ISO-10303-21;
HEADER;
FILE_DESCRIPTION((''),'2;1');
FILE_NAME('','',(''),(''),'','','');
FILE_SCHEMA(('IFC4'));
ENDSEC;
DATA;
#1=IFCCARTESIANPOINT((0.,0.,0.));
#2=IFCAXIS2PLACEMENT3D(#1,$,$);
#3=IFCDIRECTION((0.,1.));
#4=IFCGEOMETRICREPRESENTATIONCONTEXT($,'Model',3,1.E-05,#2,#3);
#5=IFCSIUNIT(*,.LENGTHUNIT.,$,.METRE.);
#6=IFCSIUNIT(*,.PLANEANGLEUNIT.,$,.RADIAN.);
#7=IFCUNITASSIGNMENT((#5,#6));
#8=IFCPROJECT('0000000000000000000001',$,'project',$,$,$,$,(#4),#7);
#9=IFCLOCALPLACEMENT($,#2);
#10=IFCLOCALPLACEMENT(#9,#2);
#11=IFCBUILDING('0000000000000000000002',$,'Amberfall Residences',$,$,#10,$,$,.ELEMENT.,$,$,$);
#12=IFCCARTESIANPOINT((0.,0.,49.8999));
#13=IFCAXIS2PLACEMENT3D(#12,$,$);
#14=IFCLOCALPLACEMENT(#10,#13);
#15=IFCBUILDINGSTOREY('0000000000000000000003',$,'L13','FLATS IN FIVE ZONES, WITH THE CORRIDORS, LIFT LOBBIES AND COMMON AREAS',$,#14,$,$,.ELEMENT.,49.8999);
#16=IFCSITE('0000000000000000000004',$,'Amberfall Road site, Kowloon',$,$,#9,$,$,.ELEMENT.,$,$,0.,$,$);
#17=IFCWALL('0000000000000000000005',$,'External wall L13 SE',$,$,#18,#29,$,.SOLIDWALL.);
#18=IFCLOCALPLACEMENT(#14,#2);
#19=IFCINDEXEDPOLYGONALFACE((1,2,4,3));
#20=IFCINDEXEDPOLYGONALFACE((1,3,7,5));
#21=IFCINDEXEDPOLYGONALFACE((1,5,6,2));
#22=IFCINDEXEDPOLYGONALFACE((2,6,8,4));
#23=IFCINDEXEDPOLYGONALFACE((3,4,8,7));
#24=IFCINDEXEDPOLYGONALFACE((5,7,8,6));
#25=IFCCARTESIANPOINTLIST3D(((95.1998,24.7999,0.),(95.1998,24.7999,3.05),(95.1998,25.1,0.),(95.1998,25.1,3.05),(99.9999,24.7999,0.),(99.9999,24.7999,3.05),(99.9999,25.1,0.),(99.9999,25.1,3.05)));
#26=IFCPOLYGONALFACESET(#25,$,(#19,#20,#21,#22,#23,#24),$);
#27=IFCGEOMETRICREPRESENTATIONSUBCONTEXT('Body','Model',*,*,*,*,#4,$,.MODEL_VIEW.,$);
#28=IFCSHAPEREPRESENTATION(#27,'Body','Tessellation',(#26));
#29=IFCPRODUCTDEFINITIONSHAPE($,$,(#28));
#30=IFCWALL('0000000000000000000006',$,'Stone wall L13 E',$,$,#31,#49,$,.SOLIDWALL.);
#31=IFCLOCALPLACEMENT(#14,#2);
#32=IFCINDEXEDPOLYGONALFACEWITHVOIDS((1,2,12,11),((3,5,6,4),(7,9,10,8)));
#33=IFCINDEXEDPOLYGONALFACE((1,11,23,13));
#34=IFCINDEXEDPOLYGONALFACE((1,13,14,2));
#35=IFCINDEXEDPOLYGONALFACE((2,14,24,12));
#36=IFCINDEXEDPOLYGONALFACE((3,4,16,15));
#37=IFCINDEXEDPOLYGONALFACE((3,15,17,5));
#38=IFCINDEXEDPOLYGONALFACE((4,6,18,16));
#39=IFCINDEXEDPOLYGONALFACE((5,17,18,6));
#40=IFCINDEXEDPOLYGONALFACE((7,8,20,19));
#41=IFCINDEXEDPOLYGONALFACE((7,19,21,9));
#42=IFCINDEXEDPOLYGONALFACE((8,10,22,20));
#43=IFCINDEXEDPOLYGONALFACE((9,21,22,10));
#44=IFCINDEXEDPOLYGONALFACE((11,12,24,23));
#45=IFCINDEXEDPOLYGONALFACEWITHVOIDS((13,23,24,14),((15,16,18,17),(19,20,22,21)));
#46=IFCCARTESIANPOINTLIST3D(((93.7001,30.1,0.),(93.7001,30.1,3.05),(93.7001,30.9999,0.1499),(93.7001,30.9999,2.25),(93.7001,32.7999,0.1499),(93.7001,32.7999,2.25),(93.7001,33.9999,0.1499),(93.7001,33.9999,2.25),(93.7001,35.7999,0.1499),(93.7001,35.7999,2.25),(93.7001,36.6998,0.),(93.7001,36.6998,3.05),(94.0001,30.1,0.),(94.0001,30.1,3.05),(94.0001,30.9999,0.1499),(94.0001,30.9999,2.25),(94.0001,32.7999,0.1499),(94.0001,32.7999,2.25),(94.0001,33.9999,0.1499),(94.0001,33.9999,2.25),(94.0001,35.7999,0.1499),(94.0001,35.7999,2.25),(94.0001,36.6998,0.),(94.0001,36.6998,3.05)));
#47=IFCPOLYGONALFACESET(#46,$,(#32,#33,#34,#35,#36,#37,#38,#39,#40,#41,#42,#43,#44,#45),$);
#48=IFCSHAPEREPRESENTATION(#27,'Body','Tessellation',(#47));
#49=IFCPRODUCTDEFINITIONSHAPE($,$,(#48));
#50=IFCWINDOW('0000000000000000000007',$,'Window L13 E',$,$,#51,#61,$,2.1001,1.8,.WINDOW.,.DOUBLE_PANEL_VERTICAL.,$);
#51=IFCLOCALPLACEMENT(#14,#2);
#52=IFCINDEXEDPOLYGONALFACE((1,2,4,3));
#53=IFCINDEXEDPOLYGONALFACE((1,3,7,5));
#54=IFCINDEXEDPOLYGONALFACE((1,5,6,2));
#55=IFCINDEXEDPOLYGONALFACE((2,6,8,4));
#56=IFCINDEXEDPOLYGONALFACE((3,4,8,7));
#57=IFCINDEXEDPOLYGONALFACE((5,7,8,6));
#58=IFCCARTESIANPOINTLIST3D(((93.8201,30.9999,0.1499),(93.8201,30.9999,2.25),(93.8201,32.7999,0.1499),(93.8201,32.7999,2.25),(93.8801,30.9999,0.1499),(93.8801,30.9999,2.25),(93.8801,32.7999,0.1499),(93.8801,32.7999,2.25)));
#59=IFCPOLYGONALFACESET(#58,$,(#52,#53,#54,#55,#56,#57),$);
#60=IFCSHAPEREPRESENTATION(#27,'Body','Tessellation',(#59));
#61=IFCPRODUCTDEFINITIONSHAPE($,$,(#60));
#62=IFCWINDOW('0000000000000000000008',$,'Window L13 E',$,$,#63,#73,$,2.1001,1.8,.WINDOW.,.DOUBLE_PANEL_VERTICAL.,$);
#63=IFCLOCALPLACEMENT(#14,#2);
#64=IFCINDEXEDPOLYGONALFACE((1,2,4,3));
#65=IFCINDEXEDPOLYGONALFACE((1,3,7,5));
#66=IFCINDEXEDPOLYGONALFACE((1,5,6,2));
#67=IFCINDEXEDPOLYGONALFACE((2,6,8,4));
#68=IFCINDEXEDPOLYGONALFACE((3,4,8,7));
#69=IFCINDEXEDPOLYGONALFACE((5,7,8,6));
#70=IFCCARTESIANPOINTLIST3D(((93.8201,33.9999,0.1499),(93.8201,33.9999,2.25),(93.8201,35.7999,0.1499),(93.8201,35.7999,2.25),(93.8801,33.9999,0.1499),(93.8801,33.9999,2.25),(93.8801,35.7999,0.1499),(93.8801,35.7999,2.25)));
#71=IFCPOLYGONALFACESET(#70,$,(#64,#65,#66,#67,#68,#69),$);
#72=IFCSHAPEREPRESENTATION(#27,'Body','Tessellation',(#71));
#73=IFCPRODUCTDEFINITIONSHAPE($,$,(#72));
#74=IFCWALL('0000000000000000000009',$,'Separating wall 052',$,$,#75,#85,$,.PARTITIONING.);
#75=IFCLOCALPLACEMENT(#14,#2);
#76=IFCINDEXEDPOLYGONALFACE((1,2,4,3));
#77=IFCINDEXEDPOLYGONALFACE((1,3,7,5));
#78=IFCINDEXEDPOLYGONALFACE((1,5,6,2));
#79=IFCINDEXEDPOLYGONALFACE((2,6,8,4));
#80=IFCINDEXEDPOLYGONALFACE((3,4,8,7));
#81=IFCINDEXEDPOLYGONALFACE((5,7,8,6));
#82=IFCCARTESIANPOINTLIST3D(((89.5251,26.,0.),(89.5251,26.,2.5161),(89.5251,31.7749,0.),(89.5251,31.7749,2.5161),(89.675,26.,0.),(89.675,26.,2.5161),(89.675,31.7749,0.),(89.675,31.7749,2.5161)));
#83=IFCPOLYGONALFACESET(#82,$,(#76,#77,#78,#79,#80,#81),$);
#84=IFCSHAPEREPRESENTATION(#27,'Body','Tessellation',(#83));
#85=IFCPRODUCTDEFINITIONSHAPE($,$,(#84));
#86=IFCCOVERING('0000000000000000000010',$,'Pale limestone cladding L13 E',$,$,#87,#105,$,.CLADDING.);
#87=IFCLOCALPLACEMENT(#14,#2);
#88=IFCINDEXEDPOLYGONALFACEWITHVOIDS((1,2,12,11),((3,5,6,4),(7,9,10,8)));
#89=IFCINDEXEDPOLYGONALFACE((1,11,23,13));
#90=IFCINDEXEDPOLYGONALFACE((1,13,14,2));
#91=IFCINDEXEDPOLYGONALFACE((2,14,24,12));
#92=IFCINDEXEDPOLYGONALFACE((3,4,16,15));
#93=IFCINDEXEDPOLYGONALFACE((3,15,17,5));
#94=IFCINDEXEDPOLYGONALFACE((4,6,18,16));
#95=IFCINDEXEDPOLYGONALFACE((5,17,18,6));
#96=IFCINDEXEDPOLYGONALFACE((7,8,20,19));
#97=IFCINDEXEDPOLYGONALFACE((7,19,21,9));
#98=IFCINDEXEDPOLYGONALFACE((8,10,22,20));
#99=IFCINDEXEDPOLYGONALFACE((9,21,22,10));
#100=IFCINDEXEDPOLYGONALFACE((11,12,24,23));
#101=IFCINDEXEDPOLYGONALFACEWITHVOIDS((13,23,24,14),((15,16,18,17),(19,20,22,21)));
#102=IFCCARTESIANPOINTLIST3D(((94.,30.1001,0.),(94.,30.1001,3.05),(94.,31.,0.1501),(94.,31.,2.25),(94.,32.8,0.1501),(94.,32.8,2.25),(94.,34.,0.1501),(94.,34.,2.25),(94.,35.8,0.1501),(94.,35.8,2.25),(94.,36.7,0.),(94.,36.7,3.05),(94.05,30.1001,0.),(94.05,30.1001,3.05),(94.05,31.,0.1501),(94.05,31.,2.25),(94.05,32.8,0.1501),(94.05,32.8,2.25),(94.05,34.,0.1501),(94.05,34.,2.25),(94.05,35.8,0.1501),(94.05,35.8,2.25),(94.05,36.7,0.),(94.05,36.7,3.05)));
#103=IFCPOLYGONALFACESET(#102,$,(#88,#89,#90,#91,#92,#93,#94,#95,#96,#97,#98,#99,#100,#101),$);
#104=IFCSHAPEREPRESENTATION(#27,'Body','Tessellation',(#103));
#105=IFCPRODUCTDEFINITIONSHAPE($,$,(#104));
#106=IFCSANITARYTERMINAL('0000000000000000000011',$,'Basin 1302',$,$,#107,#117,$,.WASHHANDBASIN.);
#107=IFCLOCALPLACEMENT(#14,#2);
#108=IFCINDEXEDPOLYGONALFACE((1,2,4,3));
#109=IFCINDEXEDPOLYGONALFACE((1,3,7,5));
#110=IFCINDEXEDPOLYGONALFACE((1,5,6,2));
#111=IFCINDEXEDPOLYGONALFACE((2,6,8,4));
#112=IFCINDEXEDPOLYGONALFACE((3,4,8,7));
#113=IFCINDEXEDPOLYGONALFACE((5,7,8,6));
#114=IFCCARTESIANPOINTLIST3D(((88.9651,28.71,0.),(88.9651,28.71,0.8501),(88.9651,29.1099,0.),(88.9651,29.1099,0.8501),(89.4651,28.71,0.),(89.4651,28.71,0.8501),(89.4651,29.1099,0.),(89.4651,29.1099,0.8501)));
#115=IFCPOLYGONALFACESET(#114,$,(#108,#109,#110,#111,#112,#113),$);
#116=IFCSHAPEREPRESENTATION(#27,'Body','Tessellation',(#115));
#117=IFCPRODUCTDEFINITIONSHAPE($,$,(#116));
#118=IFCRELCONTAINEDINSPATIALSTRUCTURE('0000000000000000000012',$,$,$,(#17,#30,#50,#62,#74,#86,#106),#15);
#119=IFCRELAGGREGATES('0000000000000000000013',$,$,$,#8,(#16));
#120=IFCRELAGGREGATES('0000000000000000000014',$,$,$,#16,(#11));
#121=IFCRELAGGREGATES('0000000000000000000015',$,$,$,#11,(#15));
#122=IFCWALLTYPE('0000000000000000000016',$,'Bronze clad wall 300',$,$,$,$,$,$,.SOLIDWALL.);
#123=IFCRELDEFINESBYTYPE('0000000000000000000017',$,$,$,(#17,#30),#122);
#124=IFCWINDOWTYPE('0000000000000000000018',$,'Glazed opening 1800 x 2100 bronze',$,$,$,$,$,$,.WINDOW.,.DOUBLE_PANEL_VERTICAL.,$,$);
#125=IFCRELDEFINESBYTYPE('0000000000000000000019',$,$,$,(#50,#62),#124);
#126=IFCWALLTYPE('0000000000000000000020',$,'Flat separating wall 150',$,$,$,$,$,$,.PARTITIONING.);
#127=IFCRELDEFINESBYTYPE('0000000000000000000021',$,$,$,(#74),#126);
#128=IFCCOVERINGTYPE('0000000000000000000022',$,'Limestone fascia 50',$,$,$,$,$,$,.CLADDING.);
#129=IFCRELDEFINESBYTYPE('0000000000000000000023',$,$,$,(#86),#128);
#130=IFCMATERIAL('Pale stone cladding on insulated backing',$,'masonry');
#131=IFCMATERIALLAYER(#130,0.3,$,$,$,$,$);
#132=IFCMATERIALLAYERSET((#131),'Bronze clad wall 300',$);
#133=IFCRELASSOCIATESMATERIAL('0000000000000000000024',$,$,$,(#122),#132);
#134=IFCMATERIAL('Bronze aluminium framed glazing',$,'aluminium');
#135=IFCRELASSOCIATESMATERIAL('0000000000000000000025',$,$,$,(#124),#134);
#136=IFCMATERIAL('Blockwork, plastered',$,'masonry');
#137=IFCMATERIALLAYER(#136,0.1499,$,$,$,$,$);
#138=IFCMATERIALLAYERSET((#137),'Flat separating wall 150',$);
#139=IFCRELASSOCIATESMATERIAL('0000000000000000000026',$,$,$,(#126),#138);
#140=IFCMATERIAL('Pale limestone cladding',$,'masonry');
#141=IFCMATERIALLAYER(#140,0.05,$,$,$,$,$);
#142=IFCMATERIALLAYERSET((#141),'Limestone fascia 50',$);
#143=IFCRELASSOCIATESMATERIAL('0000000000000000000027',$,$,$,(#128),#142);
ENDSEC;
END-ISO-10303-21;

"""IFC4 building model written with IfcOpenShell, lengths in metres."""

from ifc_helpers import new_model, si_unit, direction, frame, frame_2d, origin, origin_2d, place, context, subcontext, project, spatial, polyline, rectangle, outline, extrude, material, layer, layer_set, type_object, element, fill, save


model = new_model("IFC4")

# Units and contexts
model_context = context("Model", 3, precision=1e-05, world=origin(), true_north=direction((0.0, 1.0)))
body_context = subcontext(model_context, "Body", "Model", "MODEL_VIEW")
ifc_project = project(units=[si_unit("LENGTHUNIT", "METRE"), si_unit("PLANEANGLEUNIT", "RADIAN")], contexts=[model_context])

# Site, building, storey
site_placement = place(None, origin())
site = spatial("IfcSite", under=ifc_project, at=site_placement, Name="Amberfall Road site, Kowloon", CompositionType="ELEMENT", RefElevation=0.0)
building_placement = place(site_placement, origin())
building = spatial("IfcBuilding", under=site, at=building_placement, Name="Amberfall Residences", CompositionType="ELEMENT")
storey_placement = place(building_placement, frame((0.0, 0.0, 49.8999)))
storey = spatial("IfcBuildingStorey", under=building, at=storey_placement, Name="L13", Description="FLATS IN FIVE ZONES, WITH THE CORRIDORS, LIFT LOBBIES AND COMMON AREAS", CompositionType="ELEMENT", Elevation=49.8999)

# Shared definitions
ifc_material_1 = material(Name="Pale stone cladding on insulated backing", Category="masonry")
ifc_layer_1 = layer(ifc_material_1, 0.3)
ifc_layer_set_1 = layer_set([ifc_layer_1], Name="Bronze clad wall 300")
wall_type_1 = type_object("IfcWallType", Name="Bronze clad wall 300", PredefinedType="SOLIDWALL", material=ifc_layer_set_1)
ifc_material_2 = material(Name="Bronze aluminium framed glazing", Category="aluminium")

# Wall
wall_1_placement = place(storey_placement, frame((95.2, 24.95, 0.0), z_axis=(0.0, 0.0, 1.0), x_axis=(1.0, 0.0, 0.0)))
element("IfcWall", 1, at=wall_1_placement, inside=storey, type_object=wall_type_1, Name="External wall L13 SE", PredefinedType="SOLIDWALL", context=body_context, shape_type="SweptSolid", body=[
    extrude(rectangle(XDim=4.8, YDim=0.3, at=frame_2d((2.3999, 0.0))), origin(), (0.0, 0.0, 1.0), 3.05),
])

# Wall, openings, windows
wall_2_placement = place(storey_placement, frame((93.8501, 30.1001, 0.0), z_axis=(0.0, 0.0, 1.0), x_axis=(0.0, 1.0, 0.0)))
wall_2 = element("IfcWall", 2, at=wall_2_placement, inside=storey, type_object=wall_type_1, Name="Stone wall L13 E", PredefinedType="SOLIDWALL", context=body_context, shape_type="SweptSolid", body=[
    extrude(rectangle(XDim=6.5999, YDim=0.3, at=frame_2d((3.2998, 0.0))), origin(), (0.0, 0.0, 1.0), 3.05),
])
opening_1_placement = place(wall_2_placement, frame((0.8999, 0.0, 0.1499)))
opening_1 = element("IfcOpeningElement", 3, at=opening_1_placement, cuts=wall_2, PredefinedType="OPENING", context=body_context, shape_type="SweptSolid", body=[
    extrude(rectangle(XDim=1.8, YDim=2.1001, at=frame_2d((0.8999, 1.05))), frame((0.0, 0.1599, 0.0), z_axis=(0.0, -1.0, 0.0), x_axis=(1.0, 0.0, 0.0)), (0.0, 0.0, 1.0), 0.3201),
])
opening_2_placement = place(wall_2_placement, frame((3.8999, 0.0, 0.1499)))
opening_2 = element("IfcOpeningElement", 4, at=opening_2_placement, cuts=wall_2, PredefinedType="OPENING", context=body_context, shape_type="SweptSolid", body=[
    extrude(rectangle(XDim=1.8, YDim=2.1001, at=frame_2d((0.8999, 1.05))), frame((0.0, 0.1599, 0.0), z_axis=(0.0, -1.0, 0.0), x_axis=(1.0, 0.0, 0.0)), (0.0, 0.0, 1.0), 0.3201),
])
window_type_1 = type_object("IfcWindowType", Name="Glazed opening 1800 x 2100 bronze", PartitioningType="DOUBLE_PANEL_VERTICAL", PredefinedType="WINDOW", material=ifc_material_2)
window_1_placement = place(opening_1_placement, origin())
window_1 = element("IfcWindow", 5, at=window_1_placement, inside=storey, type_object=window_type_1, Name="Window L13 E", OverallHeight=2.1001, OverallWidth=1.8, PartitioningType="DOUBLE_PANEL_VERTICAL", PredefinedType="WINDOW", context=body_context, shape_type="SweptSolid", body=[
    extrude(rectangle(XDim=1.8, YDim=2.1001, at=frame_2d((0.8999, 1.05))), frame((0.0, 0.03, 0.0), z_axis=(0.0, -1.0, 0.0), x_axis=(1.0, 0.0, 0.0)), (0.0, 0.0, 1.0), 0.0601),
])
fill(opening_1, window_1)
window_2_placement = place(opening_2_placement, origin())
window_2 = element("IfcWindow", 6, at=window_2_placement, inside=storey, type_object=window_type_1, Name="Window L13 E", OverallHeight=2.1001, OverallWidth=1.8, PartitioningType="DOUBLE_PANEL_VERTICAL", PredefinedType="WINDOW", context=body_context, shape_type="SweptSolid", body=[
    extrude(rectangle(XDim=1.8, YDim=2.1001, at=frame_2d((0.8999, 1.05))), frame((0.0, 0.03, 0.0), z_axis=(0.0, -1.0, 0.0), x_axis=(1.0, 0.0, 0.0)), (0.0, 0.0, 1.0), 0.0601),
])
fill(opening_2, window_2)

# Wall
ifc_material_3 = material(Name="Blockwork, plastered", Category="masonry")
ifc_layer_2 = layer(ifc_material_3, 0.1499)
ifc_layer_set_2 = layer_set([ifc_layer_2], Name="Flat separating wall 150")
wall_type_2 = type_object("IfcWallType", Name="Flat separating wall 150", PredefinedType="PARTITIONING", material=ifc_layer_set_2)
wall_3_placement = place(storey_placement, frame((89.6001, 26.0, 0.0), z_axis=(0.0, 0.0, 1.0), x_axis=(0.0, 1.0, 0.0)))
element("IfcWall", 7, at=wall_3_placement, inside=storey, type_object=wall_type_2, Name="Separating wall 052", PredefinedType="PARTITIONING", context=body_context, shape_type="SweptSolid", body=[
    extrude(rectangle(XDim=5.7749, YDim=0.1499, at=frame_2d((2.8875, 0.0))), origin(), (0.0, 0.0, 1.0), 2.5161),
])

# Covering
ifc_material_4 = material(Name="Pale limestone cladding", Category="masonry")
ifc_layer_3 = layer(ifc_material_4, 0.05)
ifc_layer_set_3 = layer_set([ifc_layer_3], Name="Limestone fascia 50")
covering_type = type_object("IfcCoveringType", Name="Limestone fascia 50", PredefinedType="CLADDING", material=ifc_layer_set_3)
covering_placement = place(storey_placement, frame((94.0, 30.1001, 3.05), z_axis=(-1.0, 0.0, 0.0), x_axis=(0.0, 1.0, 0.0)))
element("IfcCovering", 8, at=covering_placement, inside=storey, type_object=covering_type, Name="Pale limestone cladding L13 E", PredefinedType="CLADDING", context=body_context, shape_type="SweptSolid", body=[
    extrude(outline(polyline([(0.0, 0.0), (6.5999, 0.0), (6.5999, 3.05), (0.0, 3.05), (0.0, 0.0)]), holes=[polyline([(0.8999, 0.8), (2.7, 0.8), (2.7, 2.8999), (0.8999, 2.8999), (0.8999, 0.8)]), polyline([(3.8999, 0.8), (5.7, 0.8), (5.7, 2.8999), (3.8999, 2.8999), (3.8999, 0.8)])]), origin(), (0.0, 0.0, -1.0), 0.05),
])

# Sanitary terminal
sanitary_terminal_placement = place(storey_placement, frame((89.2151, 28.9099, 0.0), z_axis=(0.0, 0.0, 1.0), x_axis=(1.0, 0.0, 0.0)))
element("IfcSanitaryTerminal", 9, at=sanitary_terminal_placement, inside=storey, Name="Basin 1302", PredefinedType="WASHHANDBASIN", context=body_context, shape_type="SweptSolid", body=[
    extrude(rectangle(XDim=0.5, YDim=0.3999, at=origin_2d()), origin(), (0.0, 0.0, 1.0), 0.8501),
])

save(model, "model.ifc")
